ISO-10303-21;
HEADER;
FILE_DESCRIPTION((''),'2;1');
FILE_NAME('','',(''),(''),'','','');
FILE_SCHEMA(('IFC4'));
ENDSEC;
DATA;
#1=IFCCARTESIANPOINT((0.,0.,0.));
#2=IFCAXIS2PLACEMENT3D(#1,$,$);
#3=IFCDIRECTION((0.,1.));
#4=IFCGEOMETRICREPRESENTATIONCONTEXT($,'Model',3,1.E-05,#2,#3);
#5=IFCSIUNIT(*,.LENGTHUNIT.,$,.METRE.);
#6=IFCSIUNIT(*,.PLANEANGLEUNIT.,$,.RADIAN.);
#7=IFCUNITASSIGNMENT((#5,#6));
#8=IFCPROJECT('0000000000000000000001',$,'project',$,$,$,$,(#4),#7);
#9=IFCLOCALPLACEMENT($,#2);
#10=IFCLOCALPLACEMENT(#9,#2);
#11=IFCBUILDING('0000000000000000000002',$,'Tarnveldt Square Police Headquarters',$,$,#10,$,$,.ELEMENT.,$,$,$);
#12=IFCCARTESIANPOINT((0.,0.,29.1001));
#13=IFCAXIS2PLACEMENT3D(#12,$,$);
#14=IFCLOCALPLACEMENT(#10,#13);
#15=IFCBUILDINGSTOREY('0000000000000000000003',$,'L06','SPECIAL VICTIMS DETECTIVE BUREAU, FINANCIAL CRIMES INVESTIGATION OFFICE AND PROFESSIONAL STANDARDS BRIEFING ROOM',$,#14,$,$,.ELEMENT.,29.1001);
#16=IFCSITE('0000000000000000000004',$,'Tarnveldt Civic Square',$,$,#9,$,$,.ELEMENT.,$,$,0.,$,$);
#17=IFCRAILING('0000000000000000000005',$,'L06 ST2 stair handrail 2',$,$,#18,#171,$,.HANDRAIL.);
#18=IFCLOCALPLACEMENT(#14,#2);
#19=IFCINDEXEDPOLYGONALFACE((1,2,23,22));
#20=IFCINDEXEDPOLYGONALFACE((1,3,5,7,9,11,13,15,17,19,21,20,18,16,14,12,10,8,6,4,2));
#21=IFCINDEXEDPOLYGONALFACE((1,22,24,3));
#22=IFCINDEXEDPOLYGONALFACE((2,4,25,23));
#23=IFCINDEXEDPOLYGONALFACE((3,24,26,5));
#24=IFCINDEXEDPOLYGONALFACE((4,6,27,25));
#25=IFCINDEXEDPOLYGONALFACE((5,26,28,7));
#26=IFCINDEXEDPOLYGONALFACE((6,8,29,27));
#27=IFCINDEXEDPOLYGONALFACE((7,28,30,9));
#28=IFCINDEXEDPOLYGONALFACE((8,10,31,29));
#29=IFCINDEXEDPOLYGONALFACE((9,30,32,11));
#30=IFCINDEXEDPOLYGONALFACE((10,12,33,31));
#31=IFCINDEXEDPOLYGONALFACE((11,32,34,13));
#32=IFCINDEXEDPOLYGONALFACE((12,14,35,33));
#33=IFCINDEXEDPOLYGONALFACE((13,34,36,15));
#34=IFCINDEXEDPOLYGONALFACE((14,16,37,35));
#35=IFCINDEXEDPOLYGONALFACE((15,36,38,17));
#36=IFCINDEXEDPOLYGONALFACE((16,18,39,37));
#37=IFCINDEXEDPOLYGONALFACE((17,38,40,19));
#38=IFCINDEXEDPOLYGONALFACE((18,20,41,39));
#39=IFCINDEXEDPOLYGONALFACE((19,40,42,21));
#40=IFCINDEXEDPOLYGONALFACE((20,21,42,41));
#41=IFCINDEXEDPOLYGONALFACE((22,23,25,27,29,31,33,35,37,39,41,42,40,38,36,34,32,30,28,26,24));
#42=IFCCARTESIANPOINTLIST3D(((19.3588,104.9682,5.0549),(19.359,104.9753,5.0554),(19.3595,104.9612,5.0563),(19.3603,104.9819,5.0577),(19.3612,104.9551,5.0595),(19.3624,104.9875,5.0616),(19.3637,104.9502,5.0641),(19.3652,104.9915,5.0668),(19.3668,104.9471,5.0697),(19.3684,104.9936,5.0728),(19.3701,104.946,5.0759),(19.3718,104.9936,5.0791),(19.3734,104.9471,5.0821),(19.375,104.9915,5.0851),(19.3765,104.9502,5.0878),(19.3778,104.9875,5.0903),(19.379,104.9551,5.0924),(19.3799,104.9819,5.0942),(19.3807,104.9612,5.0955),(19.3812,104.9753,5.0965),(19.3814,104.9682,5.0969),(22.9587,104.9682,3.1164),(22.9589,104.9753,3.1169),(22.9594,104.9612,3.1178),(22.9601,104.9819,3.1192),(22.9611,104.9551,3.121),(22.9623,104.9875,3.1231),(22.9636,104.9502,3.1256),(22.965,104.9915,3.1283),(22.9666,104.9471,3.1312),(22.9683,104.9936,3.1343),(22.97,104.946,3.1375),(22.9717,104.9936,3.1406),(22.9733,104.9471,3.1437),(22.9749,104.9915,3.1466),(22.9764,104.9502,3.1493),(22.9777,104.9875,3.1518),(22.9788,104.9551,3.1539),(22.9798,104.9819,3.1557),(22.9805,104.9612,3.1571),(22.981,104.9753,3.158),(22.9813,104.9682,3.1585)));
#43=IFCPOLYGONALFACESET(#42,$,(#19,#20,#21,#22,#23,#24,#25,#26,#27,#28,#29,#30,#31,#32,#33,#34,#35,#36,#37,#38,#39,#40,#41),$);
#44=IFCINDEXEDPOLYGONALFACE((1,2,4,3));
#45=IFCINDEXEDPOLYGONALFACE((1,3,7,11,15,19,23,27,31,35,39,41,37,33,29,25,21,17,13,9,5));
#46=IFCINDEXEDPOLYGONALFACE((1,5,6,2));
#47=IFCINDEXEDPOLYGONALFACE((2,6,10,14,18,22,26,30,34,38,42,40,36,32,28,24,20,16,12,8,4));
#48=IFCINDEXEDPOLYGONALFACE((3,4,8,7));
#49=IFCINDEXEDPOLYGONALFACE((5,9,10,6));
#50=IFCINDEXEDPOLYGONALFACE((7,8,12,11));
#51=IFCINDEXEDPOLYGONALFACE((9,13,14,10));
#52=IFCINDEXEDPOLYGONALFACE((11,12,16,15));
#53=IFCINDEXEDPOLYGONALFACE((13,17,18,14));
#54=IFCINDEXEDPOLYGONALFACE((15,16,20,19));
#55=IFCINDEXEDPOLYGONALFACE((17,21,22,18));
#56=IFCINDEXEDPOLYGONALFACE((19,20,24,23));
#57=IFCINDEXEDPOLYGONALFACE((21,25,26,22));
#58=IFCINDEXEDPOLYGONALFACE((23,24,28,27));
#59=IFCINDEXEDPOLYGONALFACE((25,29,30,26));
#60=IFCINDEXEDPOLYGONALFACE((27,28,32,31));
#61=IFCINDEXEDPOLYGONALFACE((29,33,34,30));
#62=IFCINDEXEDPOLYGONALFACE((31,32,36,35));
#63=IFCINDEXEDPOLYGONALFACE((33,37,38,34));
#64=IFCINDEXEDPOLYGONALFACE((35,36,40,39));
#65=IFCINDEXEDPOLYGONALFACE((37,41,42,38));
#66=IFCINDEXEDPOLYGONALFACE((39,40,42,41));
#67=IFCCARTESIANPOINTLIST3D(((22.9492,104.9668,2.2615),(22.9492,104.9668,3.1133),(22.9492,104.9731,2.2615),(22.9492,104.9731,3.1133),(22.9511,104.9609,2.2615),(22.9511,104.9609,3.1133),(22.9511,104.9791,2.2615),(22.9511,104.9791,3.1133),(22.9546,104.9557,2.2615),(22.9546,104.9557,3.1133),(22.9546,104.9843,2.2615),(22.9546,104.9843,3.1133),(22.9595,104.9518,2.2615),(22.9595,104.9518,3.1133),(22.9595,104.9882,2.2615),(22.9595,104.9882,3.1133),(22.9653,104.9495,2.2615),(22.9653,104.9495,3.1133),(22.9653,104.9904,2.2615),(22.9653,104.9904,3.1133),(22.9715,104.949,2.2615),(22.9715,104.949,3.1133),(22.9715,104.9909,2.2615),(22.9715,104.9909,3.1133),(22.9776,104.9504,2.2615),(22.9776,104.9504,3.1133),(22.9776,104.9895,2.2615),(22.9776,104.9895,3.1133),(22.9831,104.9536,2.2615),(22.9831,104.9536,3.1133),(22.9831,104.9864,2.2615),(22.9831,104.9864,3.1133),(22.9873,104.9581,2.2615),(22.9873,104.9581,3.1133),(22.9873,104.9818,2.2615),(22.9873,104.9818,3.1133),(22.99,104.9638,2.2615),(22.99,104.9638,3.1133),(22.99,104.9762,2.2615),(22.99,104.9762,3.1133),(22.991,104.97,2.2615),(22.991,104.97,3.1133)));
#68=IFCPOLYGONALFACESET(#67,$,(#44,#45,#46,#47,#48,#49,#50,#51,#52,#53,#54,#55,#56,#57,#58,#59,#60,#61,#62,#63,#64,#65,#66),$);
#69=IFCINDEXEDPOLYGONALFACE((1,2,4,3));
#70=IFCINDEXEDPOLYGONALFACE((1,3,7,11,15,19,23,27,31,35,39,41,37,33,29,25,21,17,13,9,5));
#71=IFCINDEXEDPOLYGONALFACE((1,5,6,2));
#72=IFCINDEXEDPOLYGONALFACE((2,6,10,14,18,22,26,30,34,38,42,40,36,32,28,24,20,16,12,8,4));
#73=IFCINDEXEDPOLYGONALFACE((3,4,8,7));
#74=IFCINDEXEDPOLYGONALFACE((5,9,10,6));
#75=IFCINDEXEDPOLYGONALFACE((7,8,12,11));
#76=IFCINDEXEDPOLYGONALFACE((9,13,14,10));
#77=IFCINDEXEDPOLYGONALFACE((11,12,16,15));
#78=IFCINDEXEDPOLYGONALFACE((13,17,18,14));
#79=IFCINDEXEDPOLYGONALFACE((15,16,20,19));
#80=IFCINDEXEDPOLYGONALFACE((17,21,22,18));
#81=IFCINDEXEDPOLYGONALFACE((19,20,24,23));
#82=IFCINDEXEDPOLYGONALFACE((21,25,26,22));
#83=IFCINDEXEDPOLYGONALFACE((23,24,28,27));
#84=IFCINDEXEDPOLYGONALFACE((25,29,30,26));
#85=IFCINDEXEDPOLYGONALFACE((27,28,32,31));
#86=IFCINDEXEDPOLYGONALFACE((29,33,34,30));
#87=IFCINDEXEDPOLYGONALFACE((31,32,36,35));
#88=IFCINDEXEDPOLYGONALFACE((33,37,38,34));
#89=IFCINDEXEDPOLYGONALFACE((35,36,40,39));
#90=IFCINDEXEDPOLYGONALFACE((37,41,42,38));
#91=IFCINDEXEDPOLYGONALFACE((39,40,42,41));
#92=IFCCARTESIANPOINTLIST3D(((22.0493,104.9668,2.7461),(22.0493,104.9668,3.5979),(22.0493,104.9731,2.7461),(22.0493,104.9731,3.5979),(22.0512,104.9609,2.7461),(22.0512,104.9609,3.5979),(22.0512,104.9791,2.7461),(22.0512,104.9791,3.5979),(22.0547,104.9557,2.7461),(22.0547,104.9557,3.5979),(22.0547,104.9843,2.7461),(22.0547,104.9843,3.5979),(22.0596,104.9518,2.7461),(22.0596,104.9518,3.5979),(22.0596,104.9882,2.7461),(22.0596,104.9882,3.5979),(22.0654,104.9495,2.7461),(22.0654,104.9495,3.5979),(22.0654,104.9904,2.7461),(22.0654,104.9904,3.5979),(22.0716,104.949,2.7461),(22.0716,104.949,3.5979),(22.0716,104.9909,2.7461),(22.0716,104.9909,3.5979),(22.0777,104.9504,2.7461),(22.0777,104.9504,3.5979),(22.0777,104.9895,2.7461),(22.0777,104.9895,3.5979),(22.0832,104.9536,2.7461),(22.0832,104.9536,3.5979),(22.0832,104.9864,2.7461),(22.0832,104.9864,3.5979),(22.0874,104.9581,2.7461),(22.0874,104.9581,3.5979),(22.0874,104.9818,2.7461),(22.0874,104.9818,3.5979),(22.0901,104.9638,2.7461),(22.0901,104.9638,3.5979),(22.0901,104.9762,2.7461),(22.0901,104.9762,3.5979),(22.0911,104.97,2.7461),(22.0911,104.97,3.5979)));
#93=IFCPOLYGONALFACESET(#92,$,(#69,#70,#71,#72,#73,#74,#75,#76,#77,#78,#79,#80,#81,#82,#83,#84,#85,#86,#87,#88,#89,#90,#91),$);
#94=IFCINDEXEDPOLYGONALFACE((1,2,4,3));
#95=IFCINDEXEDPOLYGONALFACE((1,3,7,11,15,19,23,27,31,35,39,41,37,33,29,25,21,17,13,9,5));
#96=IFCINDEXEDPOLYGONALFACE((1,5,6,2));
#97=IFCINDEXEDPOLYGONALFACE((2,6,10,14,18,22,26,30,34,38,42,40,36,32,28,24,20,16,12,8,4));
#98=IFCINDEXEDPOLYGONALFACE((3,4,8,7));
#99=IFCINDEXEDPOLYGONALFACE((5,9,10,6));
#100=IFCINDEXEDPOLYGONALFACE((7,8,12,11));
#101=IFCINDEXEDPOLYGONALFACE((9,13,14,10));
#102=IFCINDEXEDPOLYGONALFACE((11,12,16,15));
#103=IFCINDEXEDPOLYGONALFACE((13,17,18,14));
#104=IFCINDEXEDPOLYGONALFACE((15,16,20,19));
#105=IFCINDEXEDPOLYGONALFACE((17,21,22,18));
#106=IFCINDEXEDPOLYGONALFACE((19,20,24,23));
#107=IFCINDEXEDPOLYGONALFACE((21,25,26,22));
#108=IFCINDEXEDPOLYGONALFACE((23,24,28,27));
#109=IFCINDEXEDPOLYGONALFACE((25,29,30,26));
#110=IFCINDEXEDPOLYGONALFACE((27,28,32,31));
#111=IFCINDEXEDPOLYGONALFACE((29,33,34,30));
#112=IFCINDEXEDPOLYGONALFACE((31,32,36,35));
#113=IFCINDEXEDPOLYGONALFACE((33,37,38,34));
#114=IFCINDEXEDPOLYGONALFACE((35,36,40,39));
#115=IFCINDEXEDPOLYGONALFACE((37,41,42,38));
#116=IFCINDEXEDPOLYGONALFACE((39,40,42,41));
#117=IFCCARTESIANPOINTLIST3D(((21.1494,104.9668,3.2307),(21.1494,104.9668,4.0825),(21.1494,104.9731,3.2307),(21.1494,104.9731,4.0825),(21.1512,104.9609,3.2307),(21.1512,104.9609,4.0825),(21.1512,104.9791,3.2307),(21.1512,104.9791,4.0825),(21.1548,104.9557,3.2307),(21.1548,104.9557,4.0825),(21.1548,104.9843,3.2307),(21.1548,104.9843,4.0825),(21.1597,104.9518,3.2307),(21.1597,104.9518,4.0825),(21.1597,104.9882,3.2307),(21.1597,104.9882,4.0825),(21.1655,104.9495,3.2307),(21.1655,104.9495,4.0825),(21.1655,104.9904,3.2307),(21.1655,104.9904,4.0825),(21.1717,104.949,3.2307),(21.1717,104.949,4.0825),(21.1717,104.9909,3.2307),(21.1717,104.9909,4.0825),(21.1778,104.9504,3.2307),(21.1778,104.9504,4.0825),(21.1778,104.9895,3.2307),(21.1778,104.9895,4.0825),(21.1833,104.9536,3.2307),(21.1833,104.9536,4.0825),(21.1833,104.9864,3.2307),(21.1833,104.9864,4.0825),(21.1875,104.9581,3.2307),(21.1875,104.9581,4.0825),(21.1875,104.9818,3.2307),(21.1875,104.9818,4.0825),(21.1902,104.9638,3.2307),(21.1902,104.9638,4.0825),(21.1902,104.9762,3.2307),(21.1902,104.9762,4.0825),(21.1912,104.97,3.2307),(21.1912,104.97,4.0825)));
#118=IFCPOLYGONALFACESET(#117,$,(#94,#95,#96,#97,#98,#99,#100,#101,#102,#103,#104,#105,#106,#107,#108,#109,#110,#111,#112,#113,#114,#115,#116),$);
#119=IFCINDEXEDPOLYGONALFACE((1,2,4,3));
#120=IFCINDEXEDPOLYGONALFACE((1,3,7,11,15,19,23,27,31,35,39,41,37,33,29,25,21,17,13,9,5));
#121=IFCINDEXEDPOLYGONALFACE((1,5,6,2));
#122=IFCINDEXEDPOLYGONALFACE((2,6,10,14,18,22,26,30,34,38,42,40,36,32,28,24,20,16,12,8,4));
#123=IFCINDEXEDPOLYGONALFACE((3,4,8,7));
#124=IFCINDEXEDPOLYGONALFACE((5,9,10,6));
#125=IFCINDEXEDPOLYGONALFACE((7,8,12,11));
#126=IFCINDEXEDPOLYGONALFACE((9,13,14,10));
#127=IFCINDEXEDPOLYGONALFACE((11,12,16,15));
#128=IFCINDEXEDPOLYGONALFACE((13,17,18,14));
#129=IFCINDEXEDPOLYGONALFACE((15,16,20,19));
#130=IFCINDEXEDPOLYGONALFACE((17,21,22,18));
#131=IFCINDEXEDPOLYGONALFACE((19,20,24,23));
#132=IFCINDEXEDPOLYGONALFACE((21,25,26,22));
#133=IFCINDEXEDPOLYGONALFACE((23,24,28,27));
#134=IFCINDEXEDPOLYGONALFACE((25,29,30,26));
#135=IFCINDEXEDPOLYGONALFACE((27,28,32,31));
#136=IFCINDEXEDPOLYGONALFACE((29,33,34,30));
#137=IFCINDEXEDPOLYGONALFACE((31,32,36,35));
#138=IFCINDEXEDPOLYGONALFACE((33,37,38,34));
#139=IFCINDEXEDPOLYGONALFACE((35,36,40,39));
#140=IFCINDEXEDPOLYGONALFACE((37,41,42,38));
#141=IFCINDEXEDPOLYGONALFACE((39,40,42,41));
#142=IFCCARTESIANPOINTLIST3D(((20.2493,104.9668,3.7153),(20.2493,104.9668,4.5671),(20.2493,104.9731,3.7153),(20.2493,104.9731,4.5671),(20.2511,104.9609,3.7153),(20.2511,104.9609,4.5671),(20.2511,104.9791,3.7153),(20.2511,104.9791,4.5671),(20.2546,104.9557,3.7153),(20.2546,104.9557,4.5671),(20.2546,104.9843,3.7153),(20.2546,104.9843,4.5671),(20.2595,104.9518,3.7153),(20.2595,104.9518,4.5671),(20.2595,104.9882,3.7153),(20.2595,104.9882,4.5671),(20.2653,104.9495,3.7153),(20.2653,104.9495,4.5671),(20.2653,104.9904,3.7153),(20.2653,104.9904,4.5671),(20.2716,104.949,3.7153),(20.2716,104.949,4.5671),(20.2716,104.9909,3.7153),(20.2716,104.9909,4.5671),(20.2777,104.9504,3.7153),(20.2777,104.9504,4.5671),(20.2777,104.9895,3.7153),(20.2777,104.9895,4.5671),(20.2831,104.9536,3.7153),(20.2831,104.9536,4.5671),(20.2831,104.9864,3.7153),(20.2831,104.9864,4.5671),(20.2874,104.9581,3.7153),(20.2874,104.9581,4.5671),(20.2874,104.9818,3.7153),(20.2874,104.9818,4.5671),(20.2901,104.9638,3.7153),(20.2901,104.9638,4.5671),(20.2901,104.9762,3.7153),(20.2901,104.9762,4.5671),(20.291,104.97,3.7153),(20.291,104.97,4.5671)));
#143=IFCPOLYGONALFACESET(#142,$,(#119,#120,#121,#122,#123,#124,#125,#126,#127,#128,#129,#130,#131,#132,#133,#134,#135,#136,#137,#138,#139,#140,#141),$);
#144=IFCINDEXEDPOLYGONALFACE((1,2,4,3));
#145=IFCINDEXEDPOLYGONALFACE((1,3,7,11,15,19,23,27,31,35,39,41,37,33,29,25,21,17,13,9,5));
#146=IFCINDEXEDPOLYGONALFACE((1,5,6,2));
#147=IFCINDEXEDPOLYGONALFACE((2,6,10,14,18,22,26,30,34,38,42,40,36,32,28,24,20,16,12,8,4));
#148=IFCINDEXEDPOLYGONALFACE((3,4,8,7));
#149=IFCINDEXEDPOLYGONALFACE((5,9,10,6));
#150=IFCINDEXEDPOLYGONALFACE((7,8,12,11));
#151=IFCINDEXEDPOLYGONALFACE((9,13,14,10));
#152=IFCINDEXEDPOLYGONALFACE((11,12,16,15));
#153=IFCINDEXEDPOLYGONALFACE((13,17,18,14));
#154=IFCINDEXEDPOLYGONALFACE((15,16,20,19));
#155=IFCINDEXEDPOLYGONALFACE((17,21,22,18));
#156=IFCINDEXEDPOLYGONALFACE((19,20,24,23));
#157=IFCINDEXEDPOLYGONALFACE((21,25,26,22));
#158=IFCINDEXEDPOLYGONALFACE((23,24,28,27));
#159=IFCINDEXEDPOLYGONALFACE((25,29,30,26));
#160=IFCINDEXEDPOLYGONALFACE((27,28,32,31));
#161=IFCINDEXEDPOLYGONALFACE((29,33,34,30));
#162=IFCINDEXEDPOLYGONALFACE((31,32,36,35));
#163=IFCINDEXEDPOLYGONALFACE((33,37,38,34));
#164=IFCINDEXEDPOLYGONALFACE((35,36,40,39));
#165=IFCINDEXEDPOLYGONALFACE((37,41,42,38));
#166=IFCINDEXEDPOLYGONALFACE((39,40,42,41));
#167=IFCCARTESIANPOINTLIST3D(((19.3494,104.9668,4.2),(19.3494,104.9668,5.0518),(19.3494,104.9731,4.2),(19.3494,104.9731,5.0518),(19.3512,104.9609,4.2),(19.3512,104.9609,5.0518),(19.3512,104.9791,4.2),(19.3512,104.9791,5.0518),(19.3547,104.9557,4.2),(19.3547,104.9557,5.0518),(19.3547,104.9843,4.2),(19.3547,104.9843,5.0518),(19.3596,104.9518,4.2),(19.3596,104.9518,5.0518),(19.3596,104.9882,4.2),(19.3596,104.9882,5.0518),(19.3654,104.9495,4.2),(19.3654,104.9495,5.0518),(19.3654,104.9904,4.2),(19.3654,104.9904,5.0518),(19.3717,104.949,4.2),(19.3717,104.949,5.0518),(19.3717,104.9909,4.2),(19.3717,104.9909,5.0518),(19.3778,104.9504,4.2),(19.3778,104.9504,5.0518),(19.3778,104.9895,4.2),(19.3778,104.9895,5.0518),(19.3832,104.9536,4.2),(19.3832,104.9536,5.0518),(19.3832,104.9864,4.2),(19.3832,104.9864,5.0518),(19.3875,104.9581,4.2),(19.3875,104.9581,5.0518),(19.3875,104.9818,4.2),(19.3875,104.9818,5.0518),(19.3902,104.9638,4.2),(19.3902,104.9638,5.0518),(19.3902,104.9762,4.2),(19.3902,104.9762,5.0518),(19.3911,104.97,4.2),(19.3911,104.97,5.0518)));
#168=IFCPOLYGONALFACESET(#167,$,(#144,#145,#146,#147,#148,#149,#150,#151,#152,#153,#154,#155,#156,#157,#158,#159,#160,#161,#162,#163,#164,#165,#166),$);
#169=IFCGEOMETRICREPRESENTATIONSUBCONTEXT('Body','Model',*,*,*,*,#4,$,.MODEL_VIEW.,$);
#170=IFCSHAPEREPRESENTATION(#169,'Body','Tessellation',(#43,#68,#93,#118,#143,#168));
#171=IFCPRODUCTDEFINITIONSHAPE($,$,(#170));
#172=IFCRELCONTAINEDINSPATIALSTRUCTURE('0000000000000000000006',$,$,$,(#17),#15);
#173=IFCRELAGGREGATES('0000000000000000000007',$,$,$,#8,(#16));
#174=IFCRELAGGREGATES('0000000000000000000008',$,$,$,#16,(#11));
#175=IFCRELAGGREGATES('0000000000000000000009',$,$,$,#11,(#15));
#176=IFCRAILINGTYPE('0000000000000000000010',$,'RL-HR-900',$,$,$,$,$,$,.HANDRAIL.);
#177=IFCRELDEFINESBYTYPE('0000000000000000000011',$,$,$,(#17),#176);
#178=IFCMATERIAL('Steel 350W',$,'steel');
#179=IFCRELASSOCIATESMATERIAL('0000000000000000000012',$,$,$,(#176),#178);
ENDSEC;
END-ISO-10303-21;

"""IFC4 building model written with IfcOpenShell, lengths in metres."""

from ifc_helpers import new_model, si_unit, direction, frame, origin, origin_2d, place, context, subcontext, project, spatial, circle, extrude, material, type_object, element, save


model = new_model("IFC4")

# Units and contexts
model_context = context("Model", 3, precision=1e-05, world=origin(), true_north=direction((0.0, 1.0)))
body_context = subcontext(model_context, "Body", "Model", "MODEL_VIEW")
ifc_project = project(units=[si_unit("LENGTHUNIT", "METRE"), si_unit("PLANEANGLEUNIT", "RADIAN")], contexts=[model_context])

# Site, building, storey
site_placement = place(None, origin())
site = spatial("IfcSite", under=ifc_project, at=site_placement, Name="Tarnveldt Civic Square", CompositionType="ELEMENT", RefElevation=0.0)
building_placement = place(site_placement, origin())
building = spatial("IfcBuilding", under=site, at=building_placement, Name="Tarnveldt Square Police Headquarters", CompositionType="ELEMENT")
storey_placement = place(building_placement, frame((0.0, 0.0, 29.1001)))
storey = spatial("IfcBuildingStorey", under=building, at=storey_placement, Name="L06", Description="SPECIAL VICTIMS DETECTIVE BUREAU, FINANCIAL CRIMES INVESTIGATION OFFICE AND PROFESSIONAL STANDARDS BRIEFING ROOM", CompositionType="ELEMENT", Elevation=29.1001)

# Shared definitions
ifc_material_1 = material(Name="Steel 350W", Category="steel")

# Railing
railing_type_1 = type_object("IfcRailingType", Name="RL-HR-900", PredefinedType="HANDRAIL", material=ifc_material_1)
railing_1_placement = place(storey_placement, frame((22.97, 104.97, 2.2615)))
element("IfcRailing", 1, at=railing_1_placement, inside=storey, type_object=railing_type_1, Name="L06 ST2 stair handrail 2", PredefinedType="HANDRAIL", context=body_context, shape_type="SweptSolid", body=[
    extrude(circle(Radius=0.0239, at=origin_2d()), frame((0.0, 0.0, 0.876), z_axis=(-0.880462, 0.0, 0.474118), x_axis=(0.0, -1.0, 0.0)), (0.0, 0.0, 1.0), 4.0886),
    extrude(circle(Radius=0.021, at=origin_2d()), origin(), (0.0, 0.0, 1.0), 0.8518),
    extrude(circle(Radius=0.021, at=origin_2d()), frame((-0.8999, 0.0, 0.4846)), (0.0, 0.0, 1.0), 0.8518),
    extrude(circle(Radius=0.021, at=origin_2d()), frame((-1.7998, 0.0, 0.9692)), (0.0, 0.0, 1.0), 0.8518),
    extrude(circle(Radius=0.021, at=origin_2d()), frame((-2.7, 0.0, 1.4539)), (0.0, 0.0, 1.0), 0.8518),
    extrude(circle(Radius=0.021, at=origin_2d()), frame((-3.5999, 0.0, 1.9385)), (0.0, 0.0, 1.0), 0.8518),
])

save(model, "model.ifc")
